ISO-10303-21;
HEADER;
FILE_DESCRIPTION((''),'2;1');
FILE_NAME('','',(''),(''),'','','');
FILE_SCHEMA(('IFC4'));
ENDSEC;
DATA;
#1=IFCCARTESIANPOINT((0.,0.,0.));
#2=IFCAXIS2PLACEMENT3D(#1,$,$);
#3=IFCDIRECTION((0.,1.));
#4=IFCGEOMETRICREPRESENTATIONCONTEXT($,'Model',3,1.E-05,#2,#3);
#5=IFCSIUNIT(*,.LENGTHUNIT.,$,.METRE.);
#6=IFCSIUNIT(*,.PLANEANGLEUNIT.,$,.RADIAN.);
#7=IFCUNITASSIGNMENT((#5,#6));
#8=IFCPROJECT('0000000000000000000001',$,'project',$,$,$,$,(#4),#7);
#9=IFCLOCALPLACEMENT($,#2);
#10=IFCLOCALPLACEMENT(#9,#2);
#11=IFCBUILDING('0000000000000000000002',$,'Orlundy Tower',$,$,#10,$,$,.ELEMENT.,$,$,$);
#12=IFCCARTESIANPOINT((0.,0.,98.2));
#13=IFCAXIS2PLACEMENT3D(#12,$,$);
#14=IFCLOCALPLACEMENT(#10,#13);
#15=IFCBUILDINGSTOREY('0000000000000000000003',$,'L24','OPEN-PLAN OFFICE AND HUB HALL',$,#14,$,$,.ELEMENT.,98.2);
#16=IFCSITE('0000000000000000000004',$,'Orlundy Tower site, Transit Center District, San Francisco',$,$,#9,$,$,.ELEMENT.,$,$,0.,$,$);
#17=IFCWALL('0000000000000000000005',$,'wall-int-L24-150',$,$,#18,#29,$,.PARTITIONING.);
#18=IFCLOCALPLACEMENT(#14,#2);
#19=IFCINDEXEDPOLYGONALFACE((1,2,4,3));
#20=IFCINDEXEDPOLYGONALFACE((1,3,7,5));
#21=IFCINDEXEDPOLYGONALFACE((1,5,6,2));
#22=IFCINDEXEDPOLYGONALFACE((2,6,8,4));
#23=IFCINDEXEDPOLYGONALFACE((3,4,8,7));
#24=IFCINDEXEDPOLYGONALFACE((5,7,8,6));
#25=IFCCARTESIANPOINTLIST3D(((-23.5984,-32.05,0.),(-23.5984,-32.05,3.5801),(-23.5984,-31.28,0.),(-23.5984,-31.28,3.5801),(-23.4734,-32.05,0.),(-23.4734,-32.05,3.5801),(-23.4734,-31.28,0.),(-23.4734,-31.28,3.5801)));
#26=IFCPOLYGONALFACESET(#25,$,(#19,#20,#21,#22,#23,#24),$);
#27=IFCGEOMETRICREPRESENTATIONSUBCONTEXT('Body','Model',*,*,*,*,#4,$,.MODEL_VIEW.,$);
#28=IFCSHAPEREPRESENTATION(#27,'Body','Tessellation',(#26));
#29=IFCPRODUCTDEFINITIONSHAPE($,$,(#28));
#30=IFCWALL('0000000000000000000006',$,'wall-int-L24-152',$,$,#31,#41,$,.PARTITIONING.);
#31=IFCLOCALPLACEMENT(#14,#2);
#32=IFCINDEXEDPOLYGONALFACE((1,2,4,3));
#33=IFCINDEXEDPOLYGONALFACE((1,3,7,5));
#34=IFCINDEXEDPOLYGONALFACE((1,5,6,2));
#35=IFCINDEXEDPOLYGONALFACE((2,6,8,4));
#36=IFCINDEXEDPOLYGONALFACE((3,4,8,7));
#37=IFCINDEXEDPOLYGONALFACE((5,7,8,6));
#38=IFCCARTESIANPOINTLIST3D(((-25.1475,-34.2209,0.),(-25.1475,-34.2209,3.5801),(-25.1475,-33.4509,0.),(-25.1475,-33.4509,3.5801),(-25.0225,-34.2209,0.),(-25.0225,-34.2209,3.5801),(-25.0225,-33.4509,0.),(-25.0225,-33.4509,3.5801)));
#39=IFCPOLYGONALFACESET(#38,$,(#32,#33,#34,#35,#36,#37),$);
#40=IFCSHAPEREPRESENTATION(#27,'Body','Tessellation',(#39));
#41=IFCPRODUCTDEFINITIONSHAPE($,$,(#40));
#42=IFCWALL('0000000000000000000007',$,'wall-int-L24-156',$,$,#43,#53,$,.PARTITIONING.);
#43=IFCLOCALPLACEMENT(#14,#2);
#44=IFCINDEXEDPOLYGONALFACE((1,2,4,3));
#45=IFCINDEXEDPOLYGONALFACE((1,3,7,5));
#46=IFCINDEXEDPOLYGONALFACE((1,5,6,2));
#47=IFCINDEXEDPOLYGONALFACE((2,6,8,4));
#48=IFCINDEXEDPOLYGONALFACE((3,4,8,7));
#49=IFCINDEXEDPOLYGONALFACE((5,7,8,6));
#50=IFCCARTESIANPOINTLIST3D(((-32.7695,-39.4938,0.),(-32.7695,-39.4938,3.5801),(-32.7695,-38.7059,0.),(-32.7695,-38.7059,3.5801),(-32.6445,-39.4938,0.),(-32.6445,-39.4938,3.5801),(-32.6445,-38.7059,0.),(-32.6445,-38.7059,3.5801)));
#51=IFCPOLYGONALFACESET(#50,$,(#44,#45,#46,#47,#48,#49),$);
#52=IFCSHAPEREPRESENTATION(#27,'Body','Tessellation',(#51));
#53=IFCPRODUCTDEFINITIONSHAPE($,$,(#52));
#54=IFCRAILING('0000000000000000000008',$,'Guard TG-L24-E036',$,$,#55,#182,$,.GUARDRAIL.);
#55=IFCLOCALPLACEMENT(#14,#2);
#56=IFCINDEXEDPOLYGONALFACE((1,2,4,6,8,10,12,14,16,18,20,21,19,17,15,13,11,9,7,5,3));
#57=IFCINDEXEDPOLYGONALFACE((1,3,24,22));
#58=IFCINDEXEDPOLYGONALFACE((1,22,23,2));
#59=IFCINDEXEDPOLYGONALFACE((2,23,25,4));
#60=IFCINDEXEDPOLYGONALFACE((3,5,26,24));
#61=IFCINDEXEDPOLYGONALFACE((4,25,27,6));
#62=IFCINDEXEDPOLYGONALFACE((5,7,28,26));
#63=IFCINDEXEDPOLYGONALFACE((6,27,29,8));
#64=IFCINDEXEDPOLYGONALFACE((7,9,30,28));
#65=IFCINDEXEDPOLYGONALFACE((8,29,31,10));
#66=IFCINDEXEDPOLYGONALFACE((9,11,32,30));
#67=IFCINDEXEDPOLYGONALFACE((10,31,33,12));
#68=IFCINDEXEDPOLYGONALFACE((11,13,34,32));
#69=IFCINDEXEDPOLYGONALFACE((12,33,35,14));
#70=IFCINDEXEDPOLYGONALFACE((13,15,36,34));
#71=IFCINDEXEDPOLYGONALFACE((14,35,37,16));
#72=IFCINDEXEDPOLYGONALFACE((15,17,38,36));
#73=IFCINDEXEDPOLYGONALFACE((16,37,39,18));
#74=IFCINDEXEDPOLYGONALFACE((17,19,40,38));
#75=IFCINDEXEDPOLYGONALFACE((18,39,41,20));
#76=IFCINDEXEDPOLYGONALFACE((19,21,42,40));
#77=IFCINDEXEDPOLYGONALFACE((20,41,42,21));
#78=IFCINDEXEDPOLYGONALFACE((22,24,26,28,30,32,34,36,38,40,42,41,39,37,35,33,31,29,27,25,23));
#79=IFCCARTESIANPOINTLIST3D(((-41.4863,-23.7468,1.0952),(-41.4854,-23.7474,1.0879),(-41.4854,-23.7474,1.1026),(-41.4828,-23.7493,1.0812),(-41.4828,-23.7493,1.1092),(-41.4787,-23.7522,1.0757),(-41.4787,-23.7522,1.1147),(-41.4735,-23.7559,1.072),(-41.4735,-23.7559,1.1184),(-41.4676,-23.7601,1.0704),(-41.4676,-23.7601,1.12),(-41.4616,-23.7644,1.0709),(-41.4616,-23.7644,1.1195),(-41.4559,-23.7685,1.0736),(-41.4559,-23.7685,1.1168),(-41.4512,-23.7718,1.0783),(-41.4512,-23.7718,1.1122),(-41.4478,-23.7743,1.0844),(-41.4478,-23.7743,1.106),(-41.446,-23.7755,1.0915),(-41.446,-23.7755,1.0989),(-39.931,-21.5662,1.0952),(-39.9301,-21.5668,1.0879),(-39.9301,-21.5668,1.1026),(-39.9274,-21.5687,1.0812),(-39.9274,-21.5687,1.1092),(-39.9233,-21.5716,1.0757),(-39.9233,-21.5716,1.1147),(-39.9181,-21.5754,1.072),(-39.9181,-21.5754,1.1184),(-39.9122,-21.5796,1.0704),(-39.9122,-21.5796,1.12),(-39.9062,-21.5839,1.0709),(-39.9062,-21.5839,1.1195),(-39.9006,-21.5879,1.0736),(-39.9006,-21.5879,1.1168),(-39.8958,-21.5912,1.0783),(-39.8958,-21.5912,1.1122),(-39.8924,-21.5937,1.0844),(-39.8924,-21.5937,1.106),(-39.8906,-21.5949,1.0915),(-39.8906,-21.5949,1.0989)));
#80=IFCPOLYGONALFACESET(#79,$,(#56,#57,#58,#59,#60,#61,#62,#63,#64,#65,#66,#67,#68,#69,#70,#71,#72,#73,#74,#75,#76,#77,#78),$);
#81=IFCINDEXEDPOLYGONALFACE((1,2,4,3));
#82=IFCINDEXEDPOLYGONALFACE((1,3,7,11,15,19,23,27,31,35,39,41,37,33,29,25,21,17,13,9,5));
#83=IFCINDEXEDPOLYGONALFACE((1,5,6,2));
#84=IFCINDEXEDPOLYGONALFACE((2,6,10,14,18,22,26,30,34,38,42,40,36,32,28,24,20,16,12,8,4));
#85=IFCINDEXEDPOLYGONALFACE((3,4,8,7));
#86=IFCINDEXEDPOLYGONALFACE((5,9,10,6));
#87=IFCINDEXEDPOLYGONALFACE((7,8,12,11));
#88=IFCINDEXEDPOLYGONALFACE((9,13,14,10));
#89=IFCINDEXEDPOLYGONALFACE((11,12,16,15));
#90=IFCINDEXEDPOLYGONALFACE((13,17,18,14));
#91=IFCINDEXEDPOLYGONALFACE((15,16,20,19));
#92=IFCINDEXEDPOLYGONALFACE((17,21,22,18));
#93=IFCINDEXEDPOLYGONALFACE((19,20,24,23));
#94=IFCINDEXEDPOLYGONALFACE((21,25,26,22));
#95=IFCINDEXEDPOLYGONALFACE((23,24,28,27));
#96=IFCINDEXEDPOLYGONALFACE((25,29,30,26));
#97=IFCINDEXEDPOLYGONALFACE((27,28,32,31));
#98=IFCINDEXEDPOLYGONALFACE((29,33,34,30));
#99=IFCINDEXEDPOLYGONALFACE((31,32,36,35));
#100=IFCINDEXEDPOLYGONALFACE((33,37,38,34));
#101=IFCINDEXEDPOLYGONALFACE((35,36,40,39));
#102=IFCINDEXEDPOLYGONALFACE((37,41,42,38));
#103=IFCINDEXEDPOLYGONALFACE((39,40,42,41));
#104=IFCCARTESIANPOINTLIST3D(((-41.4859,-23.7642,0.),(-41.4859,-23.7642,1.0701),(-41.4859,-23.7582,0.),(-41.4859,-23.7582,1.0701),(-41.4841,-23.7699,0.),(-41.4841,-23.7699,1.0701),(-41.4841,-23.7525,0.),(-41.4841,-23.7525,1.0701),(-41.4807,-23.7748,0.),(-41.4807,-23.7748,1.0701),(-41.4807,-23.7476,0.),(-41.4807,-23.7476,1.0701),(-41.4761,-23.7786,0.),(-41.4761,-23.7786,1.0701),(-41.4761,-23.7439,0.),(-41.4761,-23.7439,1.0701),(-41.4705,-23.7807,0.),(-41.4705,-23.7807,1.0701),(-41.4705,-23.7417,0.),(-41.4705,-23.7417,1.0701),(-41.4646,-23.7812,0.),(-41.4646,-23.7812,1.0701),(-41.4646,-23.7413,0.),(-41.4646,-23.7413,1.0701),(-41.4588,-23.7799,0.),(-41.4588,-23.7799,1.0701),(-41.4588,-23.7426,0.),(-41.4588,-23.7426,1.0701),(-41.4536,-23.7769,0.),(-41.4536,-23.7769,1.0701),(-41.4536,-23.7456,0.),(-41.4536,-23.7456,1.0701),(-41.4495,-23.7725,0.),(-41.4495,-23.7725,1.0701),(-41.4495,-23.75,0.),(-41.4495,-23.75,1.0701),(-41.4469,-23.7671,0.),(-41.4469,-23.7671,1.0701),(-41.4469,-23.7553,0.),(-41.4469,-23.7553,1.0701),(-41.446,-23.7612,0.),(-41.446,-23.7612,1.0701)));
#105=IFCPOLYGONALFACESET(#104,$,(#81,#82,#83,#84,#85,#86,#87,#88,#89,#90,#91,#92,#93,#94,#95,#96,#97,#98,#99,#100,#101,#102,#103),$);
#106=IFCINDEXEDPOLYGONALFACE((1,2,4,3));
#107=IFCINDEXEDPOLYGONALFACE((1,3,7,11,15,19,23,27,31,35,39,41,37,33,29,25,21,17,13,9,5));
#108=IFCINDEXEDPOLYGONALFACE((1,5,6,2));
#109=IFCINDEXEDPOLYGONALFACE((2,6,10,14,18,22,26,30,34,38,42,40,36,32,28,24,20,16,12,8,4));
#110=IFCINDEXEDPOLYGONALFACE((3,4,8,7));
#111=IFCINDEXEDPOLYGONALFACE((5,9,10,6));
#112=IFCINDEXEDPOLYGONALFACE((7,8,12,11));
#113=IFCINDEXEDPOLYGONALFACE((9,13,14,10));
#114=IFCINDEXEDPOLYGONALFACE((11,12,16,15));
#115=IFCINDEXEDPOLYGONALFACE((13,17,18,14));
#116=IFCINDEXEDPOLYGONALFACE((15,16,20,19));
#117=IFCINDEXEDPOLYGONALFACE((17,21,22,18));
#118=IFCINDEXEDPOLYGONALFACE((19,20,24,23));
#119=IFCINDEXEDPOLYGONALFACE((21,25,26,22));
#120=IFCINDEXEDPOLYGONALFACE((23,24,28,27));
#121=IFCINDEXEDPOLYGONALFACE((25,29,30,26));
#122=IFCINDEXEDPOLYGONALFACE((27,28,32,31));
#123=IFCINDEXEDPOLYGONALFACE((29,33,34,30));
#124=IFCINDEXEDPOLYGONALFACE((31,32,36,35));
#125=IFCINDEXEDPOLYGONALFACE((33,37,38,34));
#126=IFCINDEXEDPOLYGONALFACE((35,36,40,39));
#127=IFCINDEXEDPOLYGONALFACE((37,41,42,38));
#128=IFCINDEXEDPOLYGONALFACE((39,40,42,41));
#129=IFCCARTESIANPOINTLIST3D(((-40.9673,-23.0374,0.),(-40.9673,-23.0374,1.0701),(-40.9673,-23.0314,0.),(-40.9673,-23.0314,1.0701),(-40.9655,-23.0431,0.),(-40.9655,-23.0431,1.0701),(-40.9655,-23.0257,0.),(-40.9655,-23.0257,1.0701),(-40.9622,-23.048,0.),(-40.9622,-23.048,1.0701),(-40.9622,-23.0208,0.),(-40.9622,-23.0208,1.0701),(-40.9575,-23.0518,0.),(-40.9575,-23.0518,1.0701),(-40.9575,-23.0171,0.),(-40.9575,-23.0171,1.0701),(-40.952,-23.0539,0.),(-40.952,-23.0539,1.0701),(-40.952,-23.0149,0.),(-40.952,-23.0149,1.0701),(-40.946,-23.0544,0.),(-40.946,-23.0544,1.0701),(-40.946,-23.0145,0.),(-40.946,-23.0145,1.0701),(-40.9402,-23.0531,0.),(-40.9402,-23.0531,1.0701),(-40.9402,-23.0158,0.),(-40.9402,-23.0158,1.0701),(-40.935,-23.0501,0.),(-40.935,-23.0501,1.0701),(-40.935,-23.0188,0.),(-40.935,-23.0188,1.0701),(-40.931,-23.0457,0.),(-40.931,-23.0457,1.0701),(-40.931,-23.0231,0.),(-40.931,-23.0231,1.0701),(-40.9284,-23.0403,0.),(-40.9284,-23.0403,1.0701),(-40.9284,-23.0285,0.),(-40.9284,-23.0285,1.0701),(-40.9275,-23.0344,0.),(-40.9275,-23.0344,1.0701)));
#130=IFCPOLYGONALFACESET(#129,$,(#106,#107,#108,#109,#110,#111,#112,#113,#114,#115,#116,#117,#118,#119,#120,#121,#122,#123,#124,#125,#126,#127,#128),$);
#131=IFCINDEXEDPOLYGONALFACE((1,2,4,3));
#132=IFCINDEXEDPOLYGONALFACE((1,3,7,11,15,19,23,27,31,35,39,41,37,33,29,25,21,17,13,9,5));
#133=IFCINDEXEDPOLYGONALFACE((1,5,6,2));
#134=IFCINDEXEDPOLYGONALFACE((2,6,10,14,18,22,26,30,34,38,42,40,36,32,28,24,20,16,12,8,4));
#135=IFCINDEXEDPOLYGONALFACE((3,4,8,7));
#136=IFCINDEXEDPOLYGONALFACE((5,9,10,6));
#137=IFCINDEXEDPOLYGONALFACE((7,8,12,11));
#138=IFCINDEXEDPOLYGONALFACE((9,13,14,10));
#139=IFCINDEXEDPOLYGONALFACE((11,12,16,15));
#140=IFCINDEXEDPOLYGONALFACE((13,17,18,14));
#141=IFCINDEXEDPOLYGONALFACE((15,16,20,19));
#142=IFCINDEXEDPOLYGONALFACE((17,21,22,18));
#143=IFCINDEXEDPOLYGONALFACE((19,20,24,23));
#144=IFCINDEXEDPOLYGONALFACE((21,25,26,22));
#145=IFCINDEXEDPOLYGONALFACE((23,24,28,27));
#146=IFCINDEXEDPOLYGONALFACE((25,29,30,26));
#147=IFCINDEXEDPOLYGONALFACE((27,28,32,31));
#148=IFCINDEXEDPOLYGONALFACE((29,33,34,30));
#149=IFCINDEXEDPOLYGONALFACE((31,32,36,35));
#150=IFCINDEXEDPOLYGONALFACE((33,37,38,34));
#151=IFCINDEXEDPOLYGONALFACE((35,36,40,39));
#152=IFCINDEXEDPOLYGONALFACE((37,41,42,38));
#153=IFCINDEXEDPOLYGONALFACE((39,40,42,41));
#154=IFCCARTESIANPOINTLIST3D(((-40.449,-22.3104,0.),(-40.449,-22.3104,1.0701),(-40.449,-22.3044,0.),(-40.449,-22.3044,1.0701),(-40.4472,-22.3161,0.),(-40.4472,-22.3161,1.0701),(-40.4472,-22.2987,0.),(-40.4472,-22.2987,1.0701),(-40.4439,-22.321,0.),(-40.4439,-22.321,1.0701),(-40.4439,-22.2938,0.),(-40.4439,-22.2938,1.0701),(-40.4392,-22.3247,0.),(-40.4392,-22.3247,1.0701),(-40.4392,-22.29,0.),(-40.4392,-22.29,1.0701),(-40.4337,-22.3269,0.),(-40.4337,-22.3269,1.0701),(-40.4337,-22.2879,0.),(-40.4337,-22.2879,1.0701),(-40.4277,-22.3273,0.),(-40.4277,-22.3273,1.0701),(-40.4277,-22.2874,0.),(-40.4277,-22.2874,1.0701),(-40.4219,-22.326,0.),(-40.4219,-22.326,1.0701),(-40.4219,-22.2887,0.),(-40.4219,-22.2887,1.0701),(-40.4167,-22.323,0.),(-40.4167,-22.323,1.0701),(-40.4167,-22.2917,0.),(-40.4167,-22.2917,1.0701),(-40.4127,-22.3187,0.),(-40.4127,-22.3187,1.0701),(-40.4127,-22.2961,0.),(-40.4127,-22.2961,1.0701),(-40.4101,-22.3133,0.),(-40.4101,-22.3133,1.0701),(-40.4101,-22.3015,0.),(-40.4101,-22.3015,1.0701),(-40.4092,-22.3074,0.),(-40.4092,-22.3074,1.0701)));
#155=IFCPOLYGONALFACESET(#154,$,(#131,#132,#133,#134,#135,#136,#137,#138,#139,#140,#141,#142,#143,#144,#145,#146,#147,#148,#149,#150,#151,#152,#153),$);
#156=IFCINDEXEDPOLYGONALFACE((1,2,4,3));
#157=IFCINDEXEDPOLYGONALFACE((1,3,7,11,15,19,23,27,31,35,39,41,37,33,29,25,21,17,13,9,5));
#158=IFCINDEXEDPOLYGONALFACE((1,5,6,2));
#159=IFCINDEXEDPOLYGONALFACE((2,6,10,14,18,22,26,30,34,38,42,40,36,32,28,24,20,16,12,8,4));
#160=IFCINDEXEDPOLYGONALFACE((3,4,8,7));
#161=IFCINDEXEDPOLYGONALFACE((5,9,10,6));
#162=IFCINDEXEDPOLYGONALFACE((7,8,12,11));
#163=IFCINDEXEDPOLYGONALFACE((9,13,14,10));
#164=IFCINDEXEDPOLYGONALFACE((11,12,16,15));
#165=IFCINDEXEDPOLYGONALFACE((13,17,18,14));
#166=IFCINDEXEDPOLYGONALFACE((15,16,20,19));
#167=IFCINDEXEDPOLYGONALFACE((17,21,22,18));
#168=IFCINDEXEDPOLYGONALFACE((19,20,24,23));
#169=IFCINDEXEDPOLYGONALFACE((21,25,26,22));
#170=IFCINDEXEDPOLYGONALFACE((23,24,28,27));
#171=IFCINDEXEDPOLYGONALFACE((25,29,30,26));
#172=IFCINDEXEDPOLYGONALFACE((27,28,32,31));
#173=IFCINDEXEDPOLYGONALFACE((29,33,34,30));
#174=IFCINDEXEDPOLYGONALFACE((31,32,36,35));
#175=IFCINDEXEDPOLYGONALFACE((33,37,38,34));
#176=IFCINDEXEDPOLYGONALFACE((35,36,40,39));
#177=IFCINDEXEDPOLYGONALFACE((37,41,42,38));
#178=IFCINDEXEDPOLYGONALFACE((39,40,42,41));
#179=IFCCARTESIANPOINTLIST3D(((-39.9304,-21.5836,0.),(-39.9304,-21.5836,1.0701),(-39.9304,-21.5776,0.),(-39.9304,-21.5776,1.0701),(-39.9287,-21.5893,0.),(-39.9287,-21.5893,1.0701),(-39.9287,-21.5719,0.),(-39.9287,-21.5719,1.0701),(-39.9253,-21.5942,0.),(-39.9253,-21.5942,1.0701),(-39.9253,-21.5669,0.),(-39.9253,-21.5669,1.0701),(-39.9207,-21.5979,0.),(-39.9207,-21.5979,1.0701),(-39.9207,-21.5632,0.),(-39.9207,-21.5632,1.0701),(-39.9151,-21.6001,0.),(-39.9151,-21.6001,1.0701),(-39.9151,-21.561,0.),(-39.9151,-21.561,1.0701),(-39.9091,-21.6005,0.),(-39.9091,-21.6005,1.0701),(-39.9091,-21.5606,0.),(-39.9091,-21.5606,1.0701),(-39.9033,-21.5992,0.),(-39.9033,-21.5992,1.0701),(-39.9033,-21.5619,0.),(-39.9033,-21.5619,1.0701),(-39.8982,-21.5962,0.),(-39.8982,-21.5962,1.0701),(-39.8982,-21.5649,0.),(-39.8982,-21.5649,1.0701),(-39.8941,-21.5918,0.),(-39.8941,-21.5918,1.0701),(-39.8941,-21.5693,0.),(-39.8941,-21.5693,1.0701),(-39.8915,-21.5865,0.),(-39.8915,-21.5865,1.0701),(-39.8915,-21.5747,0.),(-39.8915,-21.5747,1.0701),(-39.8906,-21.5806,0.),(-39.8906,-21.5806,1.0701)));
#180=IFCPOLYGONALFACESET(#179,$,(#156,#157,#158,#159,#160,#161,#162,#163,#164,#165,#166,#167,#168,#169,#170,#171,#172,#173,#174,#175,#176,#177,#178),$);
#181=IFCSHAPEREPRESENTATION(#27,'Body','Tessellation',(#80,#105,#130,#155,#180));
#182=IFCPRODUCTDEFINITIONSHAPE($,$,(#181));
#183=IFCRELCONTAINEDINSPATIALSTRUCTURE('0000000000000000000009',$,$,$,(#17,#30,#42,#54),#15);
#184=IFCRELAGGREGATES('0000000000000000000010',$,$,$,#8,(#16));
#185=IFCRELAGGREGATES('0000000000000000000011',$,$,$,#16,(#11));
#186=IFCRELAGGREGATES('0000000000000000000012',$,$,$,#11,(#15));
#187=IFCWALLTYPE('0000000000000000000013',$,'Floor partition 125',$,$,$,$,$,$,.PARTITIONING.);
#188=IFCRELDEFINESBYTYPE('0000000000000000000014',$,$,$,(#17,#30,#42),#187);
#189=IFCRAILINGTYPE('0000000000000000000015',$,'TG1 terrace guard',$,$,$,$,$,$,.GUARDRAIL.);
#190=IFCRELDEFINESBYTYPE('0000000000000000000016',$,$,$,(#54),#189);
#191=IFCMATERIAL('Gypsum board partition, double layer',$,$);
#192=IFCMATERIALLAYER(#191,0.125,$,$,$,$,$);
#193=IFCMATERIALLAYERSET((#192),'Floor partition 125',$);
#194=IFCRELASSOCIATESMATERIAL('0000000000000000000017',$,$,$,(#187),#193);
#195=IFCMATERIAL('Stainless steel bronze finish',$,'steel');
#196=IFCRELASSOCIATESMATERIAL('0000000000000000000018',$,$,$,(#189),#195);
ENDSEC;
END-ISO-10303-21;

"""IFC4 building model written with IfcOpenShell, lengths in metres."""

from ifc_helpers import new_model, si_unit, direction, frame, frame_2d, origin, origin_2d, place, context, subcontext, project, spatial, rectangle, circle, extrude, material, layer, layer_set, type_object, element, save


model = new_model("IFC4")

# Units and contexts
model_context = context("Model", 3, precision=1e-05, world=origin(), true_north=direction((0.0, 1.0)))
body_context = subcontext(model_context, "Body", "Model", "MODEL_VIEW")
ifc_project = project(units=[si_unit("LENGTHUNIT", "METRE"), si_unit("PLANEANGLEUNIT", "RADIAN")], contexts=[model_context])

# Site, building, storey
site_placement = place(None, origin())
site = spatial("IfcSite", under=ifc_project, at=site_placement, Name="Orlundy Tower site, Transit Center District, San Francisco", CompositionType="ELEMENT", RefElevation=0.0)
building_placement = place(site_placement, origin())
building = spatial("IfcBuilding", under=site, at=building_placement, Name="Orlundy Tower", CompositionType="ELEMENT")
storey_placement = place(building_placement, frame((0.0, 0.0, 98.2)))
storey = spatial("IfcBuildingStorey", under=building, at=storey_placement, Name="L24", Description="OPEN-PLAN OFFICE AND HUB HALL", CompositionType="ELEMENT", Elevation=98.2)

# Shared definitions
ifc_material_1 = material(Name="Gypsum board partition, double layer")
ifc_layer_1 = layer(ifc_material_1, 0.125)
ifc_layer_set_1 = layer_set([ifc_layer_1], Name="Floor partition 125")
wall_type_1 = type_object("IfcWallType", Name="Floor partition 125", PredefinedType="PARTITIONING", material=ifc_layer_set_1)

# Walls
for number, where, z_axis, x_axis, name in (
    (1, (-23.5359, -32.05, 0.0), (0.0, 0.0, 1.0), (0.0, 1.0, 0.0), "wall-int-L24-150"),
    (2, (-25.085, -34.2209, 0.0), (0.0, 0.0, 1.0), (0.0, 1.0, 0.0), "wall-int-L24-152"),
):
    element("IfcWall", number, at=place(storey_placement, frame(where, z_axis=z_axis, x_axis=x_axis)), inside=storey, type_object=wall_type_1, Name=name, PredefinedType="PARTITIONING", context=body_context, shape_type="SweptSolid", body=[
        extrude(rectangle(XDim=0.77, YDim=0.125, at=frame_2d((0.385, 0.0))), origin(), (0.0, 0.0, 1.0), 3.5801),
    ])
wall_1_placement = place(storey_placement, frame((-32.707, -39.4939, 0.0), z_axis=(0.0, 0.0, 1.0), x_axis=(0.0, 1.0, 0.0)))
element("IfcWall", 3, at=wall_1_placement, inside=storey, type_object=wall_type_1, Name="wall-int-L24-156", PredefinedType="PARTITIONING", context=body_context, shape_type="SweptSolid", body=[
    extrude(rectangle(XDim=0.7878, YDim=0.125, at=frame_2d((0.394, 0.0))), origin(), (0.0, 0.0, 1.0), 3.5801),
])

# Railing
ifc_material_2 = material(Name="Stainless steel bronze finish", Category="steel")
railing_type = type_object("IfcRailingType", Name="TG1 terrace guard", PredefinedType="GUARDRAIL", material=ifc_material_2)
railing_1_placement = place(storey_placement, frame((-41.4661, -23.7612, 0.0)))
element("IfcRailing", 4, at=railing_1_placement, inside=storey, type_object=railing_type, Name="Guard TG-L24-E036", PredefinedType="GUARDRAIL", context=body_context, shape_type="SweptSolid", body=[
    extrude(circle(Radius=0.0249, at=origin_2d()), frame((0.0, 0.0, 1.0952), z_axis=(0.580695, 0.814121, 0.0), x_axis=(-0.814121, 0.580695, 0.0)), (0.0, 0.0, 1.0), 2.6785),
    extrude(circle(Radius=0.02, at=origin_2d()), origin(), (0.0, 0.0, 1.0), 1.0701),
    extrude(circle(Radius=0.02, at=origin_2d()), frame((0.5186, 0.7268, 0.0)), (0.0, 0.0, 1.0), 1.0701),
    extrude(circle(Radius=0.02, at=origin_2d()), frame((1.0369, 1.4539, 0.0)), (0.0, 0.0, 1.0), 1.0701),
    extrude(circle(Radius=0.02, at=origin_2d()), frame((1.5554, 2.1807, 0.0)), (0.0, 0.0, 1.0), 1.0701),
])

save(model, "model.ifc")
